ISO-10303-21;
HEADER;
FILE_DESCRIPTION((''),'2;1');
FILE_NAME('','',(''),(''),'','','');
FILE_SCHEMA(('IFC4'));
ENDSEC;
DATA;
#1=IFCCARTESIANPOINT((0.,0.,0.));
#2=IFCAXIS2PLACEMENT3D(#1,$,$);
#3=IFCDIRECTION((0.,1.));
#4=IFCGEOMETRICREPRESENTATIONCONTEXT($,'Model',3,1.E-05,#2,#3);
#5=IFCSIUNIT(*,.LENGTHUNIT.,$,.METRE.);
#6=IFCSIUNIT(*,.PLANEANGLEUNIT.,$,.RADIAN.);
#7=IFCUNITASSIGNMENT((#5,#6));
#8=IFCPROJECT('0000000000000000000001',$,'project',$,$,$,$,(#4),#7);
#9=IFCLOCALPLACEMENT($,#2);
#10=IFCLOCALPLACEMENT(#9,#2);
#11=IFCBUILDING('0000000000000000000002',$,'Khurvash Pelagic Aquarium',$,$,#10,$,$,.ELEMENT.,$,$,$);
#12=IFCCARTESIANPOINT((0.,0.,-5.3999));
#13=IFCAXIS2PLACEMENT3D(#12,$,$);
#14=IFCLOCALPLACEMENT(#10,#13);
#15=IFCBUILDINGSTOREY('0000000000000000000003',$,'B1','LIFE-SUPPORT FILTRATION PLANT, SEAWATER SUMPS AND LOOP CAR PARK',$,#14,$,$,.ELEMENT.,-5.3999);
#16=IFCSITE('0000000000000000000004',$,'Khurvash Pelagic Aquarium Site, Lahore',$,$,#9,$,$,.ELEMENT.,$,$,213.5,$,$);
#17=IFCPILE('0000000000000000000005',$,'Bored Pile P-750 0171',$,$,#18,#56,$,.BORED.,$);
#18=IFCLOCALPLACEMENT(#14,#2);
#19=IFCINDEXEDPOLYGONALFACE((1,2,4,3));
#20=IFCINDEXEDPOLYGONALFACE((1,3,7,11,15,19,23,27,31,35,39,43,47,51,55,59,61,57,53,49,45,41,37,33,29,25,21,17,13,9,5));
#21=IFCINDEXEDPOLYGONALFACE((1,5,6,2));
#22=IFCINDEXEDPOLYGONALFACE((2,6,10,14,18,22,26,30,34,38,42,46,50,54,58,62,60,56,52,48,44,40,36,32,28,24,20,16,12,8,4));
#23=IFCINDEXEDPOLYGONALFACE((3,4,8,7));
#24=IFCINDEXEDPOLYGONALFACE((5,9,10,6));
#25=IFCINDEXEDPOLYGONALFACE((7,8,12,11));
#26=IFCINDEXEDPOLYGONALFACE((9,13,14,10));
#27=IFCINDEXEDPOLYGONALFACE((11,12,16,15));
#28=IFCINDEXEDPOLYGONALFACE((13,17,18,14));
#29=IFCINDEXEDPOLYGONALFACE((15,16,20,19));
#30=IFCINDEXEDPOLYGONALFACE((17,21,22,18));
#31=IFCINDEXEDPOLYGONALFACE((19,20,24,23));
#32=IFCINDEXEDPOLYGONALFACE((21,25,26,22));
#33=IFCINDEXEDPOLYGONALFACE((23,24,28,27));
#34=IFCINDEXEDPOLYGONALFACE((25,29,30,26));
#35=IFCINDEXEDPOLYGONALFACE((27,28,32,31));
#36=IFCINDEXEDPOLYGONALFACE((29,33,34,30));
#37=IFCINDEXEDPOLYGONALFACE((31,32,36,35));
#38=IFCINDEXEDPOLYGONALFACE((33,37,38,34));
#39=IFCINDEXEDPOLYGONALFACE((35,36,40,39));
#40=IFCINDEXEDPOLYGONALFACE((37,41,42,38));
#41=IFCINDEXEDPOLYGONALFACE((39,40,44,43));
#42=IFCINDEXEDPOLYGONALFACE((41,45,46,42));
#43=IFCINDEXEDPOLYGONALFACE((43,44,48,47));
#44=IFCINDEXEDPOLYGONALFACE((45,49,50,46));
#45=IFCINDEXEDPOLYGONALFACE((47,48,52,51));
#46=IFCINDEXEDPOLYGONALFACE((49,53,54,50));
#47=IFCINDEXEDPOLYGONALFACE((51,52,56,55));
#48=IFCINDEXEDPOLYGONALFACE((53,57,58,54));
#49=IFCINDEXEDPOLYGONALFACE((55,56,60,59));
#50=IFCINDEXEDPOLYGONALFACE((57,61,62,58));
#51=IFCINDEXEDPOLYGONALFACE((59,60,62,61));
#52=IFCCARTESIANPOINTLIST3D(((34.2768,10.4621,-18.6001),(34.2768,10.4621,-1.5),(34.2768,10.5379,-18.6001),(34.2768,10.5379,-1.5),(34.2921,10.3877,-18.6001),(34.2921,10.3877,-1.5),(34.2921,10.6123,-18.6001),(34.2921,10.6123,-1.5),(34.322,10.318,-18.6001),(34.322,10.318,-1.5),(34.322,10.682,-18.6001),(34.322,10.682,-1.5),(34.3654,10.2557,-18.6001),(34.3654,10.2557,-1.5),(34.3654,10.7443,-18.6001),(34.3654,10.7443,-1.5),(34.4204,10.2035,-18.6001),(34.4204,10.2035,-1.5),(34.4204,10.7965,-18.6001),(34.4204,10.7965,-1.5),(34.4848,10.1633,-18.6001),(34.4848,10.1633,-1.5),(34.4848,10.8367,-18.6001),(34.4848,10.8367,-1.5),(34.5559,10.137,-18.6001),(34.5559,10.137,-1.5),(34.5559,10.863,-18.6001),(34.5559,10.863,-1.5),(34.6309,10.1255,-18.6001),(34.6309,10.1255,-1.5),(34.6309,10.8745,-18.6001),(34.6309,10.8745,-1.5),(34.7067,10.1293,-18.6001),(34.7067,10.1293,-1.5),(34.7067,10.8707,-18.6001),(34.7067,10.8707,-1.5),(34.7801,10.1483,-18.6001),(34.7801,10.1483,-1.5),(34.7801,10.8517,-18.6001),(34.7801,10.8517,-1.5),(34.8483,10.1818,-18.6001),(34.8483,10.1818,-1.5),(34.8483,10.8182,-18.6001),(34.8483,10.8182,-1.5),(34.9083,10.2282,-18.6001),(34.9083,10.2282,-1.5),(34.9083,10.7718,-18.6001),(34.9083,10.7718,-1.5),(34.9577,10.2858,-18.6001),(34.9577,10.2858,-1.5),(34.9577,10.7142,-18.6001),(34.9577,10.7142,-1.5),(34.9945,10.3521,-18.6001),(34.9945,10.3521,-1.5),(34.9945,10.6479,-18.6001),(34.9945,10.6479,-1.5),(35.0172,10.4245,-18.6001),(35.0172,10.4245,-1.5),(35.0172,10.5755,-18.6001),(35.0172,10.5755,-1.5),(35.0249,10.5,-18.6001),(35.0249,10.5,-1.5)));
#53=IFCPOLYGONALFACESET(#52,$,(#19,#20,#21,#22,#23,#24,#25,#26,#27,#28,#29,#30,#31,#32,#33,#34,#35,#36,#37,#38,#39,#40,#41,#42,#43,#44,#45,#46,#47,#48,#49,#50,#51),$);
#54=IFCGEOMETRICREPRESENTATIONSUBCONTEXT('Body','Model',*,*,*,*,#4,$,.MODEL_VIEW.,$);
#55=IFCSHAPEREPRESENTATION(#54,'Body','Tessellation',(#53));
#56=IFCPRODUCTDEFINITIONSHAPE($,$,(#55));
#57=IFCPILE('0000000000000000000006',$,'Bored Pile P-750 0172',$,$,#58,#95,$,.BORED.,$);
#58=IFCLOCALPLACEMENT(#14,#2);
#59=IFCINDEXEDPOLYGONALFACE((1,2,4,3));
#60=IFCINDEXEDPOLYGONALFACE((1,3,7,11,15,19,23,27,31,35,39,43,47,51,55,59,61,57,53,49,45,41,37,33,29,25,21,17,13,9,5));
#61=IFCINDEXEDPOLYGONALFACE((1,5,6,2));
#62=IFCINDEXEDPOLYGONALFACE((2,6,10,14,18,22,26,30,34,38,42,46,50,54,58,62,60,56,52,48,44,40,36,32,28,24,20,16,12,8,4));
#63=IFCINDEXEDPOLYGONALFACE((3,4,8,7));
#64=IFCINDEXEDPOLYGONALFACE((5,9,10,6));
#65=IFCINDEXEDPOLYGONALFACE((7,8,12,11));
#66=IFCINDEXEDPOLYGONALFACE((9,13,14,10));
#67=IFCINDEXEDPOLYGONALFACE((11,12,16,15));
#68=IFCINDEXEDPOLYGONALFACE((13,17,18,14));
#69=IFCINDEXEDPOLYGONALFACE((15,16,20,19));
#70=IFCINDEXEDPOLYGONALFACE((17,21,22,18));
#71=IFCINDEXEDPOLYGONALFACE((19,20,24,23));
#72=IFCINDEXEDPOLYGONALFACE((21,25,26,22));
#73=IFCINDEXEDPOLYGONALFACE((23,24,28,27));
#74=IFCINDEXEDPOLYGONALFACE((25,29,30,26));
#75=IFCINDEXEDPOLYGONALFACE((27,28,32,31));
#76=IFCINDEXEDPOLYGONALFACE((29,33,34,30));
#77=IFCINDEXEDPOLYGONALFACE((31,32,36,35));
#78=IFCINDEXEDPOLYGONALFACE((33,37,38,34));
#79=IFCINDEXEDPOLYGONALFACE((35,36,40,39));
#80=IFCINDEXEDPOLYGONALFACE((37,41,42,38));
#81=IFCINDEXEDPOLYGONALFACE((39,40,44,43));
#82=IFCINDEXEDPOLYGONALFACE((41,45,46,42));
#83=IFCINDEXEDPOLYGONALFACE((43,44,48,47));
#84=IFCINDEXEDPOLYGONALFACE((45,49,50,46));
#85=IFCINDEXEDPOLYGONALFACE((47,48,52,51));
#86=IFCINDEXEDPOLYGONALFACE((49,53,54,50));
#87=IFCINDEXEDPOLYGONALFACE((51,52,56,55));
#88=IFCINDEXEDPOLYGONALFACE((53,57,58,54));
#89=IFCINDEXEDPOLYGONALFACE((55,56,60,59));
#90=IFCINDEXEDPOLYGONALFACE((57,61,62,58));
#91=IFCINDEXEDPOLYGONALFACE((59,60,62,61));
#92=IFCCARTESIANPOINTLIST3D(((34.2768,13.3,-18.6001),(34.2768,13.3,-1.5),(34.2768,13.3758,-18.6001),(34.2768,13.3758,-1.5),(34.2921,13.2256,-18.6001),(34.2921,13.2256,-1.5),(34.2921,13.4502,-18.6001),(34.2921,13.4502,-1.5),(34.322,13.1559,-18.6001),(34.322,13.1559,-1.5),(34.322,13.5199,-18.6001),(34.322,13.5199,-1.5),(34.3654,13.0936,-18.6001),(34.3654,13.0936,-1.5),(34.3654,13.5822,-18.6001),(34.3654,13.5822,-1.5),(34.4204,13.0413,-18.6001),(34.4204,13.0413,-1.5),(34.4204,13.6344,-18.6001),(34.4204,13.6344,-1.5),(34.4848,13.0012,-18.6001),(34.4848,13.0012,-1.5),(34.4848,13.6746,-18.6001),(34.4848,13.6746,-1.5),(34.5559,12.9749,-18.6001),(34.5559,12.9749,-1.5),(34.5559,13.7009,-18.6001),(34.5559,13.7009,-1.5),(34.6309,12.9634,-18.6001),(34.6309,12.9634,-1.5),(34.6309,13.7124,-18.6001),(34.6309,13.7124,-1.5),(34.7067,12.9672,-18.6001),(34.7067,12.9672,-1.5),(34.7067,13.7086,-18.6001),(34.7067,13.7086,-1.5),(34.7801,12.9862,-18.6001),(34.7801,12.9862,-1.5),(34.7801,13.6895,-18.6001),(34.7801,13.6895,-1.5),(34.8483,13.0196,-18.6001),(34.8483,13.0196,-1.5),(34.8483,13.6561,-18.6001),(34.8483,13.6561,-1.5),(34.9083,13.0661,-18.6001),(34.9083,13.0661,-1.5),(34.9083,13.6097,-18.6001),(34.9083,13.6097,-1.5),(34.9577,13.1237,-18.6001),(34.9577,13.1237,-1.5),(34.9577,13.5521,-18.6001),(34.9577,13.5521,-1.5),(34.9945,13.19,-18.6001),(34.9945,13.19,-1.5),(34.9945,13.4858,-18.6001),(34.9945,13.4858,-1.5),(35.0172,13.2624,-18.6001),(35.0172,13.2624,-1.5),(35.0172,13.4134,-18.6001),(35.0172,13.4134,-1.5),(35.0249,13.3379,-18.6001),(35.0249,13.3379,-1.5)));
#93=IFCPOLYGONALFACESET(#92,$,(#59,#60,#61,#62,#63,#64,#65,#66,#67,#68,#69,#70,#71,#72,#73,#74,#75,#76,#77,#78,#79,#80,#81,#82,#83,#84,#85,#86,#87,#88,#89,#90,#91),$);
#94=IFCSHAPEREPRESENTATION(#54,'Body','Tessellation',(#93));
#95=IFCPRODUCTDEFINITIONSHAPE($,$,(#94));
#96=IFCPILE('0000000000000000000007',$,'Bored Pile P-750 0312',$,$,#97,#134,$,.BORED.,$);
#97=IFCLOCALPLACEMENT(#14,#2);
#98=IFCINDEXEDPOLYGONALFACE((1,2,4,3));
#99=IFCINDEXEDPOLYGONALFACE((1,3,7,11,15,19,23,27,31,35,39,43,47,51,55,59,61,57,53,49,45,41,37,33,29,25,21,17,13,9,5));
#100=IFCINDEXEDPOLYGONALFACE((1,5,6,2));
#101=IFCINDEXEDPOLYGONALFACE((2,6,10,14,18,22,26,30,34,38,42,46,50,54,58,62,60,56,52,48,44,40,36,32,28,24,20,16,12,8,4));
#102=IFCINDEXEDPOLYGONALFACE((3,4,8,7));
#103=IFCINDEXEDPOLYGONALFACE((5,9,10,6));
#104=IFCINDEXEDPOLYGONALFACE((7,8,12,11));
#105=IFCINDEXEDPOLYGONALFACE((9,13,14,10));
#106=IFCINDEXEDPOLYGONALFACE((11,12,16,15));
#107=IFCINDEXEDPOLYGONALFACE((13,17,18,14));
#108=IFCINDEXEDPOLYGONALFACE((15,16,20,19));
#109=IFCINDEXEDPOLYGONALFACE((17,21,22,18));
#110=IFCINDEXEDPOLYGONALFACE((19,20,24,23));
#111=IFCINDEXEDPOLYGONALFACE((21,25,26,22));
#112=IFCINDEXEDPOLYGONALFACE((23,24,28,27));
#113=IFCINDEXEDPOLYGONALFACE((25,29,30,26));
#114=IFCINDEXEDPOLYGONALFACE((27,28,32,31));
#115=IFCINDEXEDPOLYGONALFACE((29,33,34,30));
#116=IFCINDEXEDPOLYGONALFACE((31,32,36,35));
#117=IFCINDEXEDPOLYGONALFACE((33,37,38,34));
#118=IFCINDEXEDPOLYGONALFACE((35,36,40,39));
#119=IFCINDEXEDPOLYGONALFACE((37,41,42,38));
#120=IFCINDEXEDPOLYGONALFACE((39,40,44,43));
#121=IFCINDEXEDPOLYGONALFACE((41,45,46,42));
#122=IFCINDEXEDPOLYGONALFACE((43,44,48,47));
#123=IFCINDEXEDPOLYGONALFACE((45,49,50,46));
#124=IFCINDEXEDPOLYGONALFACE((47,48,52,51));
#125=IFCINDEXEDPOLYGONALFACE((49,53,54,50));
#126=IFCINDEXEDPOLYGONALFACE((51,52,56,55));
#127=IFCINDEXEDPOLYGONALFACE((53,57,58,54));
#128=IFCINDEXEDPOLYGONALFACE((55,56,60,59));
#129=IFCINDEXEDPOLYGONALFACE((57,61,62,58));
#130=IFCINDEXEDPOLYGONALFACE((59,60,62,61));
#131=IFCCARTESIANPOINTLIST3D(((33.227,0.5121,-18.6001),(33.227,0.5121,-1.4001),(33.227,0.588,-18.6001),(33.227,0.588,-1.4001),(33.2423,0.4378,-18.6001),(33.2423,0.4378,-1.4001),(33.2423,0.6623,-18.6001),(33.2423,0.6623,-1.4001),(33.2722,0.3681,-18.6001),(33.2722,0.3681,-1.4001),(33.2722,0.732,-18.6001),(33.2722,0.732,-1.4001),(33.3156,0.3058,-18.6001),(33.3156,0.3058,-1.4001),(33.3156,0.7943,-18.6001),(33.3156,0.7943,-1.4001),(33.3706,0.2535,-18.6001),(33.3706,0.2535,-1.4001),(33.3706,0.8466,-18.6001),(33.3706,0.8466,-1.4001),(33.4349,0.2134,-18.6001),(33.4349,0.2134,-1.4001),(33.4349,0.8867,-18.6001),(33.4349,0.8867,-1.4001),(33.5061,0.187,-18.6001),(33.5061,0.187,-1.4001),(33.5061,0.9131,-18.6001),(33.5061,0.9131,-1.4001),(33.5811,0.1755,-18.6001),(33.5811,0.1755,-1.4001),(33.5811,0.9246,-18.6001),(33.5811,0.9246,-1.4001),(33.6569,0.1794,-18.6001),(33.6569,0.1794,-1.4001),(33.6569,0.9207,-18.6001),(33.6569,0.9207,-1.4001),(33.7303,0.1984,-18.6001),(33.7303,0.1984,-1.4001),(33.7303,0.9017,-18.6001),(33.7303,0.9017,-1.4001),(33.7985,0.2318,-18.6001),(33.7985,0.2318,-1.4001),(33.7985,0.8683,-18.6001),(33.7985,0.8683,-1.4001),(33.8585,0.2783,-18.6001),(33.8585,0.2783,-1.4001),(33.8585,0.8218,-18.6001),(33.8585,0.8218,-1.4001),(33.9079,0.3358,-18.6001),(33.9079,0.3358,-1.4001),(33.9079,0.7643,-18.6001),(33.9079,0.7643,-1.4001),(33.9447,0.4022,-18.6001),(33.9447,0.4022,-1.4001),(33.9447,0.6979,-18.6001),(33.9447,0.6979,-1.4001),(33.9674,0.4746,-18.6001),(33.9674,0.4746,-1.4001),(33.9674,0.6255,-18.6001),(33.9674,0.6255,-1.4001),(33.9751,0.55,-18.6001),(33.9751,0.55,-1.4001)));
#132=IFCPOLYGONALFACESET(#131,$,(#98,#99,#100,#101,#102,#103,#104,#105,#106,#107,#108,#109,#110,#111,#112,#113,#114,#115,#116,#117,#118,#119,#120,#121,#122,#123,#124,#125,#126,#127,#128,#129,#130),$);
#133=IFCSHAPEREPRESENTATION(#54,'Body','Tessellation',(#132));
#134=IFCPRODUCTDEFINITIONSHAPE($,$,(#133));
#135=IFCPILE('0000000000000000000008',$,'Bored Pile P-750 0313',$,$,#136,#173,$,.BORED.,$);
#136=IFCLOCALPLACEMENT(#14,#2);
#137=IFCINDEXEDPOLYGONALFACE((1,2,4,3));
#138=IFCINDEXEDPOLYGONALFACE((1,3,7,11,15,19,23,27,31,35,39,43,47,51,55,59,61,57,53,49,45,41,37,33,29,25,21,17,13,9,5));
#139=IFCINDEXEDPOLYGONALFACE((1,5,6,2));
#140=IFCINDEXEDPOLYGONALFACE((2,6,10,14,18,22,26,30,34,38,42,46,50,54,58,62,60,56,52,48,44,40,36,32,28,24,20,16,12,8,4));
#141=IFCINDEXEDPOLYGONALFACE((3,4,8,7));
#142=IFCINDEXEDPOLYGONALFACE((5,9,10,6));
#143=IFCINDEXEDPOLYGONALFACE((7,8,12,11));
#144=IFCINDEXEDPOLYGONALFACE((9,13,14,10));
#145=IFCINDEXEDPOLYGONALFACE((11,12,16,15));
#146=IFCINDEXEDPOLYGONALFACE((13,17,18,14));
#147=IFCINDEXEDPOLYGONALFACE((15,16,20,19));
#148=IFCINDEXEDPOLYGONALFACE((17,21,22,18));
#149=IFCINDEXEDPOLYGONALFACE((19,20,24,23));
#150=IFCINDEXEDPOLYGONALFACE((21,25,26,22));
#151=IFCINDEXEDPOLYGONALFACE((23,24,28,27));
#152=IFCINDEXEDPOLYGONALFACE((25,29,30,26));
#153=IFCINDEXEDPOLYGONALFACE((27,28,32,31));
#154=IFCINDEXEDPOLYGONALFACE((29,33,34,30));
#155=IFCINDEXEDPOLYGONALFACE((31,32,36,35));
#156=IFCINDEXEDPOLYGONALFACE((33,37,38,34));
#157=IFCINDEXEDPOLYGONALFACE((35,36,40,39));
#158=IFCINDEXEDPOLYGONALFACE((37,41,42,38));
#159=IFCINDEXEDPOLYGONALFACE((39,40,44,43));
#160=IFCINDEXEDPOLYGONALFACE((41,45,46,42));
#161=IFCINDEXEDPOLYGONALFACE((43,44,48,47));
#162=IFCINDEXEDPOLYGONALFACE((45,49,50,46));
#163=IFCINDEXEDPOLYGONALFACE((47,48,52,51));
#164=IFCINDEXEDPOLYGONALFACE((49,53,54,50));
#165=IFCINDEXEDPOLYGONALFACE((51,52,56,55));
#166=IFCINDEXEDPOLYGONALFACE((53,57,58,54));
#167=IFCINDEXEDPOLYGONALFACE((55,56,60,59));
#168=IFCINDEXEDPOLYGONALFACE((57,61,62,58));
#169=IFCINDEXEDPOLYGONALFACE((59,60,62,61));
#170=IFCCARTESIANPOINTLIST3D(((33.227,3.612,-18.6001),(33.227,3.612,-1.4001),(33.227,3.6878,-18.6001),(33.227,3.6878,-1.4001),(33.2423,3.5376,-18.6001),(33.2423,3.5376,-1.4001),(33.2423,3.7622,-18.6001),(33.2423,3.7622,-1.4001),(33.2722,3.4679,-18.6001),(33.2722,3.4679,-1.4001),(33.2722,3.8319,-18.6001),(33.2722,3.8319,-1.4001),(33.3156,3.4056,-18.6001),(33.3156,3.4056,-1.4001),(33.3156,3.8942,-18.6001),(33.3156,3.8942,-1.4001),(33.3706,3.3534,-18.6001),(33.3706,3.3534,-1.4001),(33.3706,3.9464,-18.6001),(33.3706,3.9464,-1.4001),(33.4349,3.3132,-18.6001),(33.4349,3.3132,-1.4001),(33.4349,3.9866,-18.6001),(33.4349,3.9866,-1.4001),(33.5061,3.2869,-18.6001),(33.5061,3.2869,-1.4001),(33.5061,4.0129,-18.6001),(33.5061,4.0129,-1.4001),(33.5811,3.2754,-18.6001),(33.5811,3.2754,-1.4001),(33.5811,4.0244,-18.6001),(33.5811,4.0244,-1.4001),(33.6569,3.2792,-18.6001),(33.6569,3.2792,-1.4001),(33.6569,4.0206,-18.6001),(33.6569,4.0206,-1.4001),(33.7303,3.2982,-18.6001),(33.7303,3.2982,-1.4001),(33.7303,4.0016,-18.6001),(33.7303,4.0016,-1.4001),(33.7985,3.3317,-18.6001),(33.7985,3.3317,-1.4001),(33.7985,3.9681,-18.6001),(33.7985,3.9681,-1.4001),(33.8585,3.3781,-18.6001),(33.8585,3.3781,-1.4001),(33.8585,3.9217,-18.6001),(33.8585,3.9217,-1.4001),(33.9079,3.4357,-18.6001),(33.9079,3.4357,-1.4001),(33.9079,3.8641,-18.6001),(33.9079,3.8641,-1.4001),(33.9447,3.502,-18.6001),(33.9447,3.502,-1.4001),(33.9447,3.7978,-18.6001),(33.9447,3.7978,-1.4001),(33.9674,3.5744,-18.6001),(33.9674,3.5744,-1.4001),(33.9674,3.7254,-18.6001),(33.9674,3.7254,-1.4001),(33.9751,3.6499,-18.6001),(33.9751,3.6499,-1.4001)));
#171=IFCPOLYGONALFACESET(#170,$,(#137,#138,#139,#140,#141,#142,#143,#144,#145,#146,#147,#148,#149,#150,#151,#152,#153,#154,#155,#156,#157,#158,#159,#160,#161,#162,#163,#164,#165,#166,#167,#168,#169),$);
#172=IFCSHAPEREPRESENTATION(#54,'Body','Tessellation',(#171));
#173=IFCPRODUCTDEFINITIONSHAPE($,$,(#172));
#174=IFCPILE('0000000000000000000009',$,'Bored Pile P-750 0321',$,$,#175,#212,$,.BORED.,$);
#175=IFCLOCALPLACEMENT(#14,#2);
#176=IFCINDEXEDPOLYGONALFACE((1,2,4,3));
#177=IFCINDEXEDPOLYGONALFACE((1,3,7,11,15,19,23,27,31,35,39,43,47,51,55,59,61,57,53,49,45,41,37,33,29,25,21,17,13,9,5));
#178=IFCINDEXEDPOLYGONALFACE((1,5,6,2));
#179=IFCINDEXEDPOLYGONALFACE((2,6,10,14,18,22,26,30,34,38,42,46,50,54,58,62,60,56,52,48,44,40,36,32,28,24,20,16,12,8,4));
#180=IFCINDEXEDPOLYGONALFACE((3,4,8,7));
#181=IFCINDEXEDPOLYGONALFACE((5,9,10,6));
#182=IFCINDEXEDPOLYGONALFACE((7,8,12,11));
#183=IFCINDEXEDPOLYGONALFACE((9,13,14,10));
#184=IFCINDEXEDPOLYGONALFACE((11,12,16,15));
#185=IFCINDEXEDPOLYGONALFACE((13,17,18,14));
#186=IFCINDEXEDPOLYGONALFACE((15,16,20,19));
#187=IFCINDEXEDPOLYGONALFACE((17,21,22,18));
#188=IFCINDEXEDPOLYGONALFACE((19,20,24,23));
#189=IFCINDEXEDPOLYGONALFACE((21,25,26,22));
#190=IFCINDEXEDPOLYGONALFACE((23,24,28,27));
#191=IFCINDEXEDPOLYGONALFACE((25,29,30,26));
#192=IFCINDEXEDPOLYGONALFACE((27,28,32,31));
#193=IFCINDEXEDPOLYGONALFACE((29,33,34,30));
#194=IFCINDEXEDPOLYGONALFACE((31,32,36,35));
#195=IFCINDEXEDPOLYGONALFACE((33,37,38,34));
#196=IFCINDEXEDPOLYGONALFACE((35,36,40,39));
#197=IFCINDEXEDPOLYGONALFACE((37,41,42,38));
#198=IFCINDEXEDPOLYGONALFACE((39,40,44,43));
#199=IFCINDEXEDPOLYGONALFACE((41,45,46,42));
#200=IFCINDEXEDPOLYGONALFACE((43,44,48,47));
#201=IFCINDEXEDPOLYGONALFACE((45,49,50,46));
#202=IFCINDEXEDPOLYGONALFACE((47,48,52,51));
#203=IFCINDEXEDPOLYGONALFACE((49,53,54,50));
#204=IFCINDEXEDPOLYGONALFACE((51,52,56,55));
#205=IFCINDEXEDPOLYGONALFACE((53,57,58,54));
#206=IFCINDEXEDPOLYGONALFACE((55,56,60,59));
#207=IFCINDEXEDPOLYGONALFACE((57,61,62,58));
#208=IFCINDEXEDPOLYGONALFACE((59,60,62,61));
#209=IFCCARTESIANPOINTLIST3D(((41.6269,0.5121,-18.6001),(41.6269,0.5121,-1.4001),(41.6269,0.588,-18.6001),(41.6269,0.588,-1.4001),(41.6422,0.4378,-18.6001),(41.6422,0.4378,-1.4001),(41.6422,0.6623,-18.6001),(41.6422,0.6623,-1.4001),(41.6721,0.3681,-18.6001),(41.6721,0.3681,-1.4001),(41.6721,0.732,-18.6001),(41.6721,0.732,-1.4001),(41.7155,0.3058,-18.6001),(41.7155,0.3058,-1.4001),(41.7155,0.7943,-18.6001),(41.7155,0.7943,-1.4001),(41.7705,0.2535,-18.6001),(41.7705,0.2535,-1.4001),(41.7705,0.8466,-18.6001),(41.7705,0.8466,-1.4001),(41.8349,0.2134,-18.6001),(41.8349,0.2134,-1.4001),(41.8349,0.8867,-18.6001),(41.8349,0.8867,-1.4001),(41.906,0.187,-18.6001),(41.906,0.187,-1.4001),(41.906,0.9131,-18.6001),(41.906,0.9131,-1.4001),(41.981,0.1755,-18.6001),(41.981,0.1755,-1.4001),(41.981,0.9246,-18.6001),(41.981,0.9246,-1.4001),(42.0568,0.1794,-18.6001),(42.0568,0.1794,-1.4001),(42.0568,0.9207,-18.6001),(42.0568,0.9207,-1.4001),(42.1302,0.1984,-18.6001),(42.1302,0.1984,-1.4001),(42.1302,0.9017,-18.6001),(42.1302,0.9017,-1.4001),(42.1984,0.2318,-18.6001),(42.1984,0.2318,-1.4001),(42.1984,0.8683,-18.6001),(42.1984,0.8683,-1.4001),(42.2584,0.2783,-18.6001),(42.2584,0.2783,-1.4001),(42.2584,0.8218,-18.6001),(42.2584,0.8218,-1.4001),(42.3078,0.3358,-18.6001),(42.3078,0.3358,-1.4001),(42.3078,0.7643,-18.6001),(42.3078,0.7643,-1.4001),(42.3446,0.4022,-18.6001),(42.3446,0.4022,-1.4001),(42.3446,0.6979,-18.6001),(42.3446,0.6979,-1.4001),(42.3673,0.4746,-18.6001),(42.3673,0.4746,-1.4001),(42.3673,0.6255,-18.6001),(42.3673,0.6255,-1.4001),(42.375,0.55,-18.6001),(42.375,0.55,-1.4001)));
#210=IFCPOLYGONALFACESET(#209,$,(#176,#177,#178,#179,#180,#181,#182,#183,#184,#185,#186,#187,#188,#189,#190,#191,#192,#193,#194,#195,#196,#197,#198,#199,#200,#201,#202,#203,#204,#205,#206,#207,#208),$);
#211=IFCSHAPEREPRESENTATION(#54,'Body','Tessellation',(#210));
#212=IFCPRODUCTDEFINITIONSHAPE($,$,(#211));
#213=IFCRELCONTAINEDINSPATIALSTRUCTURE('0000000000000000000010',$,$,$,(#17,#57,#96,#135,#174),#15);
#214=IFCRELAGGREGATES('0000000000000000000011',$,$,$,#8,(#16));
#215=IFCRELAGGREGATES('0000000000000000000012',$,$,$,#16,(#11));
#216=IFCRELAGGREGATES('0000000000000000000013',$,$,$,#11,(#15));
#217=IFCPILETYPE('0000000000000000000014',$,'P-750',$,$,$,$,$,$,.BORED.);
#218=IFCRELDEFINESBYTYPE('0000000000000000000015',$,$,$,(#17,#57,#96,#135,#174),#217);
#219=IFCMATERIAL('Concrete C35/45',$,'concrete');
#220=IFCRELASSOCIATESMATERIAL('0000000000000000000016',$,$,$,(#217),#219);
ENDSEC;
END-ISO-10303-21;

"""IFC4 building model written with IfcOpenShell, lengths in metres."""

from ifc_helpers import new_model, si_unit, direction, frame, origin, origin_2d, place, context, subcontext, project, spatial, circle, extrude, material, material_profile, profile_set, type_object, element, save


model = new_model("IFC4")

# Units and contexts
model_context = context("Model", 3, precision=1e-05, world=origin(), true_north=direction((0.0, 1.0)))
body_context = subcontext(model_context, "Body", "Model", "MODEL_VIEW")
ifc_project = project(units=[si_unit("LENGTHUNIT", "METRE"), si_unit("PLANEANGLEUNIT", "RADIAN")], contexts=[model_context])

# Site, building, storey
site_placement = place(None, origin())
site = spatial("IfcSite", under=ifc_project, at=site_placement, Name="Khurvash Pelagic Aquarium Site, Lahore", CompositionType="ELEMENT", RefElevation=213.5)
building_placement = place(site_placement, origin())
building = spatial("IfcBuilding", under=site, at=building_placement, Name="Khurvash Pelagic Aquarium", CompositionType="ELEMENT")
storey_placement = place(building_placement, frame((0.0, 0.0, -5.3999)))
storey = spatial("IfcBuildingStorey", under=building, at=storey_placement, Name="B1", Description="LIFE-SUPPORT FILTRATION PLANT, SEAWATER SUMPS AND LOOP CAR PARK", CompositionType="ELEMENT", Elevation=-5.3999)

# Shared definitions
ifc_material_1 = material(Name="Concrete C35/45", Category="concrete")

# Piles
ifc_material_profile_1 = material_profile(ifc_material_1, circle(Radius=0.375, at=origin_2d()), Name="PILE750")
ifc_profile_set_1 = profile_set([ifc_material_profile_1], Name="Concrete C35/45")
pile_type = type_object("IfcPileType", Name="P-750", PredefinedType="BORED", material=ifc_profile_set_1)
for number, where, z_axis, x_axis, name in (
    (1, (34.6499, 10.5, -1.5), (0.0, 0.0, -1.0), (1.0, 0.0, 0.0), "Bored Pile P-750 0171"),
    (2, (34.6499, 13.3379, -1.5), (0.0, 0.0, -1.0), (1.0, 0.0, 0.0), "Bored Pile P-750 0172"),
):
    element("IfcPile", number, at=place(storey_placement, frame(where, z_axis=z_axis, x_axis=x_axis)), inside=storey, type_object=pile_type, Name=name, PredefinedType="BORED", context=body_context, shape_type="SweptSolid", body=[
        extrude(circle(Radius=0.375, at=origin_2d()), origin(), (0.0, 0.0, 1.0), 17.1001),
    ])
for number, where, z_axis, x_axis, name in (
    (3, (33.6001, 0.55, -1.4001), (0.0, 0.0, -1.0), (1.0, 0.0, 0.0), "Bored Pile P-750 0312"),
    (4, (33.6001, 3.6499, -1.4001), (0.0, 0.0, -1.0), (1.0, 0.0, 0.0), "Bored Pile P-750 0313"),
    (5, (42.0, 0.55, -1.4001), (0.0, 0.0, -1.0), (1.0, 0.0, 0.0), "Bored Pile P-750 0321"),
):
    element("IfcPile", number, at=place(storey_placement, frame(where, z_axis=z_axis, x_axis=x_axis)), inside=storey, type_object=pile_type, Name=name, PredefinedType="BORED", context=body_context, shape_type="SweptSolid", body=[
        extrude(circle(Radius=0.375, at=origin_2d()), origin(), (0.0, 0.0, 1.0), 17.2),
    ])

save(model, "model.ifc")
